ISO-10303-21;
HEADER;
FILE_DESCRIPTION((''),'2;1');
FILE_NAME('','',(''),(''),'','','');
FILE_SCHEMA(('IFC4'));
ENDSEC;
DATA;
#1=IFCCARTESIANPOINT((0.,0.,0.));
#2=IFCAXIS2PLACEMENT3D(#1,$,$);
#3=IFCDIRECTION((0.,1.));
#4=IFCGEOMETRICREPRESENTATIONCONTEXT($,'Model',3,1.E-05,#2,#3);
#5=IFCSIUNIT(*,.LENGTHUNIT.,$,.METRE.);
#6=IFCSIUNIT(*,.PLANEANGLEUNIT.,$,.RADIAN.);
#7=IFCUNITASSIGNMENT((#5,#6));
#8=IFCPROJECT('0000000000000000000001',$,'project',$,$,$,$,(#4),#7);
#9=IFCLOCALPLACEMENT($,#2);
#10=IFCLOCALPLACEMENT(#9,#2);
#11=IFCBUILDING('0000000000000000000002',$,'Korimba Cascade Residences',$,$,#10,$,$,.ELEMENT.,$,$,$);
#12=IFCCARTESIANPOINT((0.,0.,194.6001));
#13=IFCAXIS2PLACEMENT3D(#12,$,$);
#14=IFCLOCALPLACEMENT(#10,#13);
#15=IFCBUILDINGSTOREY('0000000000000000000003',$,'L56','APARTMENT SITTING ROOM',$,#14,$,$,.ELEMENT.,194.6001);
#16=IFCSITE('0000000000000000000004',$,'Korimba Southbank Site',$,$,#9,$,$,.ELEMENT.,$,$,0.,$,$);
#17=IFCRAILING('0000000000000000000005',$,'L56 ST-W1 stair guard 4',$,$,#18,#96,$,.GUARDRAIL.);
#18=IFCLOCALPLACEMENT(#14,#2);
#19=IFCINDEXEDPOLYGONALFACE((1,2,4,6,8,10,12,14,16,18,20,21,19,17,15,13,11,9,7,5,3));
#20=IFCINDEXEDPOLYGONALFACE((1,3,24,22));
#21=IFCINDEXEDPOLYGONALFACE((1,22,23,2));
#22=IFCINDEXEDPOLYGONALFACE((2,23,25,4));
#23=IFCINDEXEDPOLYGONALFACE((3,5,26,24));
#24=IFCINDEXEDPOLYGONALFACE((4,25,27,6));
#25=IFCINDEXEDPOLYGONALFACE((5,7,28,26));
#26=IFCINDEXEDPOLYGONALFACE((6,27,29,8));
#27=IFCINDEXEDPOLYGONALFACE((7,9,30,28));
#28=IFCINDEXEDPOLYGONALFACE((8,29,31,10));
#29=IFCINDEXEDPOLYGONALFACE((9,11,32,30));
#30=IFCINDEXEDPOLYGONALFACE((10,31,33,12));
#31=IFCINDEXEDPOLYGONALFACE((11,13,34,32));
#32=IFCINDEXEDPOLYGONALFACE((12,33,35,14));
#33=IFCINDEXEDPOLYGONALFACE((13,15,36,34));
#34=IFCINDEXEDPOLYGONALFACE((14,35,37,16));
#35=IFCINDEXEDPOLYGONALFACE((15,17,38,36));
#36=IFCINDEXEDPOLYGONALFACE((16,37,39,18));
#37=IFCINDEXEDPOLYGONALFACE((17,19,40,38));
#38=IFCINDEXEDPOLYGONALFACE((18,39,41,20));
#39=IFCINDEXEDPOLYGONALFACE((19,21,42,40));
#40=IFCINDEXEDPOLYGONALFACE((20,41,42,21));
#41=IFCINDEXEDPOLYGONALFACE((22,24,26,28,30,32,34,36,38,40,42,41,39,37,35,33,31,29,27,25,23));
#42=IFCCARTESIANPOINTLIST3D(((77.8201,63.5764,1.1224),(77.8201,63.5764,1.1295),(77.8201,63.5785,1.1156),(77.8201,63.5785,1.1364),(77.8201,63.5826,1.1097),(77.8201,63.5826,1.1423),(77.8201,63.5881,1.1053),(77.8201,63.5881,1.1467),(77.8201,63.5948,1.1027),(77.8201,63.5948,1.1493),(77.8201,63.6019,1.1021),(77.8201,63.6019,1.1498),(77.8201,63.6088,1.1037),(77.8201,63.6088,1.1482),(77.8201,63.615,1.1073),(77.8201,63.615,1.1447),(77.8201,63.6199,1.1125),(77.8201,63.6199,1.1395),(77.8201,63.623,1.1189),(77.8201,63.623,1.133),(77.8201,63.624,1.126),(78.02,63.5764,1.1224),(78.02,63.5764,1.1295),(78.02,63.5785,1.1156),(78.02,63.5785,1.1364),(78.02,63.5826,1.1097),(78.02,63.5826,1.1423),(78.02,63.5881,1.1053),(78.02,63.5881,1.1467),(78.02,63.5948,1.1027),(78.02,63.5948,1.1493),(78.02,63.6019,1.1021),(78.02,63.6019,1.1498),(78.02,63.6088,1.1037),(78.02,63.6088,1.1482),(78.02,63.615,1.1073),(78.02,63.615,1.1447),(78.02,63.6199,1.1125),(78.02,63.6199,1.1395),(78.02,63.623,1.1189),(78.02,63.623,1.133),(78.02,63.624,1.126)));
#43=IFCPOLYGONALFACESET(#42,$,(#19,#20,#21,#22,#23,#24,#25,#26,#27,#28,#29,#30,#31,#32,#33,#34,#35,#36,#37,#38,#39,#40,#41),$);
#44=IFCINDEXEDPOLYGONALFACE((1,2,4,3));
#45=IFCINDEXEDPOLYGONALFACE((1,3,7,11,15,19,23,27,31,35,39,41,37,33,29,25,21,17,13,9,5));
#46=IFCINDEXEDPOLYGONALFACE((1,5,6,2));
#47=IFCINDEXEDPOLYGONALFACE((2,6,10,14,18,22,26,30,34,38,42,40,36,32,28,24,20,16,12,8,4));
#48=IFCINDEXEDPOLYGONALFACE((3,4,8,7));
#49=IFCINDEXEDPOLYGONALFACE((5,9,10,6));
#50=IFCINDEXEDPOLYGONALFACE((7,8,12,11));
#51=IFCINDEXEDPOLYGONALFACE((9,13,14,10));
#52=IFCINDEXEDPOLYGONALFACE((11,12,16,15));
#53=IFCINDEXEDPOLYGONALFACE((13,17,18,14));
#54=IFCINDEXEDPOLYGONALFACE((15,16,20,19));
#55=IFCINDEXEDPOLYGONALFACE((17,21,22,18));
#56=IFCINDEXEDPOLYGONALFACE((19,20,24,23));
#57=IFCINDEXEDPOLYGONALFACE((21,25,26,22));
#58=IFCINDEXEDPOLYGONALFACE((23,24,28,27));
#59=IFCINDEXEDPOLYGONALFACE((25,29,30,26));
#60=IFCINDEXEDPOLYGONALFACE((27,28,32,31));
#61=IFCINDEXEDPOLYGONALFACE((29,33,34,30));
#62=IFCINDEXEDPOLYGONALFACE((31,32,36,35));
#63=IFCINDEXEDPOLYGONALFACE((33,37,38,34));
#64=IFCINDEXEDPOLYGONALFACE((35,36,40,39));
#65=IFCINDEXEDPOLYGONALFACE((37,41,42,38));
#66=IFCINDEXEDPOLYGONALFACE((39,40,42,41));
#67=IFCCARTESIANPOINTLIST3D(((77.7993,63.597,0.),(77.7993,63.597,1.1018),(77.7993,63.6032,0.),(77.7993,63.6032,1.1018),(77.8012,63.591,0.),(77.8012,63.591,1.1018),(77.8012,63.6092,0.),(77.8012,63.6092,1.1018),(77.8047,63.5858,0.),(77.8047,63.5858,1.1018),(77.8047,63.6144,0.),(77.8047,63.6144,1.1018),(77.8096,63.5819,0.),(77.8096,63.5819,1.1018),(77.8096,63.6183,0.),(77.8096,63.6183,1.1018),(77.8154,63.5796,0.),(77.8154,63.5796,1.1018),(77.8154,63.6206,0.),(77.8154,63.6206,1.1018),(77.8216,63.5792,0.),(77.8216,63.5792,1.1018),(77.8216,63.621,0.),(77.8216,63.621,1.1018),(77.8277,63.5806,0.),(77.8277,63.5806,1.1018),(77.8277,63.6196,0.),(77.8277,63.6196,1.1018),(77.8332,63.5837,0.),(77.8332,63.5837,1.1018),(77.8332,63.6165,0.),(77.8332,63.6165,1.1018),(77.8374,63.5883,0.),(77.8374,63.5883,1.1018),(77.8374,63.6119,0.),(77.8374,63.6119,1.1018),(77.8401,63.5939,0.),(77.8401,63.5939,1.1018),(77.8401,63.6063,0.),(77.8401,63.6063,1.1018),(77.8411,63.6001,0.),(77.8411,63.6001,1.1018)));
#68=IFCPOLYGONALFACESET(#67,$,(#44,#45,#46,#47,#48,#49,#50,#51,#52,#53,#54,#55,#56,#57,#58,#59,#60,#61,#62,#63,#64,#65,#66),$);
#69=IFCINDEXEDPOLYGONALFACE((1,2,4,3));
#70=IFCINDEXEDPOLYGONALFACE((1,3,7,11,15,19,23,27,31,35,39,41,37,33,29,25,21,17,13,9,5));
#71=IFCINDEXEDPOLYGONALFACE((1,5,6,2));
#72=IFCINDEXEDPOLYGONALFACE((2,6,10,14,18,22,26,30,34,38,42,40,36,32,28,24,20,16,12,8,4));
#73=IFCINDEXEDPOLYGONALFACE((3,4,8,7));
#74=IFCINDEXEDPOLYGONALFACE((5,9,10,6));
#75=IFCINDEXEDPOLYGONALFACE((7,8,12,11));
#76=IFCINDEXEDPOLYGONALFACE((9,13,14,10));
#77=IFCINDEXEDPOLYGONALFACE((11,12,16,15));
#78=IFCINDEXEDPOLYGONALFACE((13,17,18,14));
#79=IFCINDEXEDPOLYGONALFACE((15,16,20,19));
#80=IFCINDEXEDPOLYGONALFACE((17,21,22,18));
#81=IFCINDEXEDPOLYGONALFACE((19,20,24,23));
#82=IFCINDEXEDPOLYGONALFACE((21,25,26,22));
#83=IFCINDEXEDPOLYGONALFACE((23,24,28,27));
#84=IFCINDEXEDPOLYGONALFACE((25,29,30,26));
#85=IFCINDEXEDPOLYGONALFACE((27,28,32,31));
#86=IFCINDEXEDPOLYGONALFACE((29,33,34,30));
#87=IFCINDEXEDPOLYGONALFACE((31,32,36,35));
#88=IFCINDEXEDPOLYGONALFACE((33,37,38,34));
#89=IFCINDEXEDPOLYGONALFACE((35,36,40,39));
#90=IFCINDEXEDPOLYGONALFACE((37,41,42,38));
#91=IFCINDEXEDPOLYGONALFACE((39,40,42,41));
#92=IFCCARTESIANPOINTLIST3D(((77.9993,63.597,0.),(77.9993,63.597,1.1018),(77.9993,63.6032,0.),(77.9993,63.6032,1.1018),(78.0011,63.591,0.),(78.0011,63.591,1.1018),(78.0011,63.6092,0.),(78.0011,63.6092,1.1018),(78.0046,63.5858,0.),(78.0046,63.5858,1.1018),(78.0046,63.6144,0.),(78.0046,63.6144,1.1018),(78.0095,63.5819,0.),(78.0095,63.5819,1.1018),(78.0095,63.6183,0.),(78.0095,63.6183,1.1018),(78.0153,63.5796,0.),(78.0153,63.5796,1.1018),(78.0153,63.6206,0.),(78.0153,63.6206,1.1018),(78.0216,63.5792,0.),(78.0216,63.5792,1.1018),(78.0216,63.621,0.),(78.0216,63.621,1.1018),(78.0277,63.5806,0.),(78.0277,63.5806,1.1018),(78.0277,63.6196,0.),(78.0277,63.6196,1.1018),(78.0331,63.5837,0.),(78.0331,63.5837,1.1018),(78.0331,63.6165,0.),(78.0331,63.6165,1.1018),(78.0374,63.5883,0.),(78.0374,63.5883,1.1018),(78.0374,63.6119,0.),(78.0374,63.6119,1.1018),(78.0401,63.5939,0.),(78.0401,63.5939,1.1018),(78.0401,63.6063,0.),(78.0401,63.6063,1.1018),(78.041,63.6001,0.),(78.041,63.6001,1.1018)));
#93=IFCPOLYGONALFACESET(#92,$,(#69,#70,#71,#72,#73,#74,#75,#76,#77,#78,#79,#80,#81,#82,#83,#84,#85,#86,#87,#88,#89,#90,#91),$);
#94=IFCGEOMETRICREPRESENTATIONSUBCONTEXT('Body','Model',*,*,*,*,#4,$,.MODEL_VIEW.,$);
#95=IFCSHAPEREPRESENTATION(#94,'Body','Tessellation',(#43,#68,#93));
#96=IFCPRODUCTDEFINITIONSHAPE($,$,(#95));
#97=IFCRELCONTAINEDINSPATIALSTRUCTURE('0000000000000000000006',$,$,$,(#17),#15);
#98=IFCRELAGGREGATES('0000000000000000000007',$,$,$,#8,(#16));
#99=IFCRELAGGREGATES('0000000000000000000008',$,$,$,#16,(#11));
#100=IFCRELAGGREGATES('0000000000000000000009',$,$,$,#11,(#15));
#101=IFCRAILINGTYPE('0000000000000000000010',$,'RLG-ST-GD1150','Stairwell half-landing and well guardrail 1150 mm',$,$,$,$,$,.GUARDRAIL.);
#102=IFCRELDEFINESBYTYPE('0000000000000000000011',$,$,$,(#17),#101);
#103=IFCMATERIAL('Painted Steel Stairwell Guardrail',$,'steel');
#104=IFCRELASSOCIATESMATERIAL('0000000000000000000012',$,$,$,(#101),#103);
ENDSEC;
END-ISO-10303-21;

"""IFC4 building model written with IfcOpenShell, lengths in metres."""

from ifc_helpers import new_model, si_unit, direction, frame, origin, origin_2d, place, context, subcontext, project, spatial, circle, extrude, material, type_object, element, save


model = new_model("IFC4")

# Units and contexts
model_context = context("Model", 3, precision=1e-05, world=origin(), true_north=direction((0.0, 1.0)))
body_context = subcontext(model_context, "Body", "Model", "MODEL_VIEW")
ifc_project = project(units=[si_unit("LENGTHUNIT", "METRE"), si_unit("PLANEANGLEUNIT", "RADIAN")], contexts=[model_context])

# Site, building, storey
site_placement = place(None, origin())
site = spatial("IfcSite", under=ifc_project, at=site_placement, Name="Korimba Southbank Site", CompositionType="ELEMENT", RefElevation=0.0)
building_placement = place(site_placement, origin())
building = spatial("IfcBuilding", under=site, at=building_placement, Name="Korimba Cascade Residences", CompositionType="ELEMENT")
storey_placement = place(building_placement, frame((0.0, 0.0, 194.6001)))
storey = spatial("IfcBuildingStorey", under=building, at=storey_placement, Name="L56", Description="APARTMENT SITTING ROOM", CompositionType="ELEMENT", Elevation=194.6001)

# Railing
ifc_material_1 = material(Name="Painted Steel Stairwell Guardrail", Category="steel")
railing_type_1 = type_object("IfcRailingType", Name="RLG-ST-GD1150", Description="Stairwell half-landing and well guardrail 1150 mm", PredefinedType="GUARDRAIL", material=ifc_material_1)
railing_1_placement = place(storey_placement, frame((77.8201, 63.6001, 0.0)))
element("IfcRailing", 1, at=railing_1_placement, inside=storey, type_object=railing_type_1, Name="L56 ST-W1 stair guard 4", PredefinedType="GUARDRAIL", context=body_context, shape_type="SweptSolid", body=[
    extrude(circle(Radius=0.0239, at=origin_2d()), frame((0.0, 0.0, 1.126), z_axis=(1.0, 0.0, 0.0), x_axis=(0.0, 1.0, 0.0)), (0.0, 0.0, 1.0), 0.2),
    extrude(circle(Radius=0.021, at=origin_2d()), origin(), (0.0, 0.0, 1.0), 1.1018),
    extrude(circle(Radius=0.021, at=origin_2d()), frame((0.2, 0.0, 0.0)), (0.0, 0.0, 1.0), 1.1018),
])

save(model, "model.ifc")
